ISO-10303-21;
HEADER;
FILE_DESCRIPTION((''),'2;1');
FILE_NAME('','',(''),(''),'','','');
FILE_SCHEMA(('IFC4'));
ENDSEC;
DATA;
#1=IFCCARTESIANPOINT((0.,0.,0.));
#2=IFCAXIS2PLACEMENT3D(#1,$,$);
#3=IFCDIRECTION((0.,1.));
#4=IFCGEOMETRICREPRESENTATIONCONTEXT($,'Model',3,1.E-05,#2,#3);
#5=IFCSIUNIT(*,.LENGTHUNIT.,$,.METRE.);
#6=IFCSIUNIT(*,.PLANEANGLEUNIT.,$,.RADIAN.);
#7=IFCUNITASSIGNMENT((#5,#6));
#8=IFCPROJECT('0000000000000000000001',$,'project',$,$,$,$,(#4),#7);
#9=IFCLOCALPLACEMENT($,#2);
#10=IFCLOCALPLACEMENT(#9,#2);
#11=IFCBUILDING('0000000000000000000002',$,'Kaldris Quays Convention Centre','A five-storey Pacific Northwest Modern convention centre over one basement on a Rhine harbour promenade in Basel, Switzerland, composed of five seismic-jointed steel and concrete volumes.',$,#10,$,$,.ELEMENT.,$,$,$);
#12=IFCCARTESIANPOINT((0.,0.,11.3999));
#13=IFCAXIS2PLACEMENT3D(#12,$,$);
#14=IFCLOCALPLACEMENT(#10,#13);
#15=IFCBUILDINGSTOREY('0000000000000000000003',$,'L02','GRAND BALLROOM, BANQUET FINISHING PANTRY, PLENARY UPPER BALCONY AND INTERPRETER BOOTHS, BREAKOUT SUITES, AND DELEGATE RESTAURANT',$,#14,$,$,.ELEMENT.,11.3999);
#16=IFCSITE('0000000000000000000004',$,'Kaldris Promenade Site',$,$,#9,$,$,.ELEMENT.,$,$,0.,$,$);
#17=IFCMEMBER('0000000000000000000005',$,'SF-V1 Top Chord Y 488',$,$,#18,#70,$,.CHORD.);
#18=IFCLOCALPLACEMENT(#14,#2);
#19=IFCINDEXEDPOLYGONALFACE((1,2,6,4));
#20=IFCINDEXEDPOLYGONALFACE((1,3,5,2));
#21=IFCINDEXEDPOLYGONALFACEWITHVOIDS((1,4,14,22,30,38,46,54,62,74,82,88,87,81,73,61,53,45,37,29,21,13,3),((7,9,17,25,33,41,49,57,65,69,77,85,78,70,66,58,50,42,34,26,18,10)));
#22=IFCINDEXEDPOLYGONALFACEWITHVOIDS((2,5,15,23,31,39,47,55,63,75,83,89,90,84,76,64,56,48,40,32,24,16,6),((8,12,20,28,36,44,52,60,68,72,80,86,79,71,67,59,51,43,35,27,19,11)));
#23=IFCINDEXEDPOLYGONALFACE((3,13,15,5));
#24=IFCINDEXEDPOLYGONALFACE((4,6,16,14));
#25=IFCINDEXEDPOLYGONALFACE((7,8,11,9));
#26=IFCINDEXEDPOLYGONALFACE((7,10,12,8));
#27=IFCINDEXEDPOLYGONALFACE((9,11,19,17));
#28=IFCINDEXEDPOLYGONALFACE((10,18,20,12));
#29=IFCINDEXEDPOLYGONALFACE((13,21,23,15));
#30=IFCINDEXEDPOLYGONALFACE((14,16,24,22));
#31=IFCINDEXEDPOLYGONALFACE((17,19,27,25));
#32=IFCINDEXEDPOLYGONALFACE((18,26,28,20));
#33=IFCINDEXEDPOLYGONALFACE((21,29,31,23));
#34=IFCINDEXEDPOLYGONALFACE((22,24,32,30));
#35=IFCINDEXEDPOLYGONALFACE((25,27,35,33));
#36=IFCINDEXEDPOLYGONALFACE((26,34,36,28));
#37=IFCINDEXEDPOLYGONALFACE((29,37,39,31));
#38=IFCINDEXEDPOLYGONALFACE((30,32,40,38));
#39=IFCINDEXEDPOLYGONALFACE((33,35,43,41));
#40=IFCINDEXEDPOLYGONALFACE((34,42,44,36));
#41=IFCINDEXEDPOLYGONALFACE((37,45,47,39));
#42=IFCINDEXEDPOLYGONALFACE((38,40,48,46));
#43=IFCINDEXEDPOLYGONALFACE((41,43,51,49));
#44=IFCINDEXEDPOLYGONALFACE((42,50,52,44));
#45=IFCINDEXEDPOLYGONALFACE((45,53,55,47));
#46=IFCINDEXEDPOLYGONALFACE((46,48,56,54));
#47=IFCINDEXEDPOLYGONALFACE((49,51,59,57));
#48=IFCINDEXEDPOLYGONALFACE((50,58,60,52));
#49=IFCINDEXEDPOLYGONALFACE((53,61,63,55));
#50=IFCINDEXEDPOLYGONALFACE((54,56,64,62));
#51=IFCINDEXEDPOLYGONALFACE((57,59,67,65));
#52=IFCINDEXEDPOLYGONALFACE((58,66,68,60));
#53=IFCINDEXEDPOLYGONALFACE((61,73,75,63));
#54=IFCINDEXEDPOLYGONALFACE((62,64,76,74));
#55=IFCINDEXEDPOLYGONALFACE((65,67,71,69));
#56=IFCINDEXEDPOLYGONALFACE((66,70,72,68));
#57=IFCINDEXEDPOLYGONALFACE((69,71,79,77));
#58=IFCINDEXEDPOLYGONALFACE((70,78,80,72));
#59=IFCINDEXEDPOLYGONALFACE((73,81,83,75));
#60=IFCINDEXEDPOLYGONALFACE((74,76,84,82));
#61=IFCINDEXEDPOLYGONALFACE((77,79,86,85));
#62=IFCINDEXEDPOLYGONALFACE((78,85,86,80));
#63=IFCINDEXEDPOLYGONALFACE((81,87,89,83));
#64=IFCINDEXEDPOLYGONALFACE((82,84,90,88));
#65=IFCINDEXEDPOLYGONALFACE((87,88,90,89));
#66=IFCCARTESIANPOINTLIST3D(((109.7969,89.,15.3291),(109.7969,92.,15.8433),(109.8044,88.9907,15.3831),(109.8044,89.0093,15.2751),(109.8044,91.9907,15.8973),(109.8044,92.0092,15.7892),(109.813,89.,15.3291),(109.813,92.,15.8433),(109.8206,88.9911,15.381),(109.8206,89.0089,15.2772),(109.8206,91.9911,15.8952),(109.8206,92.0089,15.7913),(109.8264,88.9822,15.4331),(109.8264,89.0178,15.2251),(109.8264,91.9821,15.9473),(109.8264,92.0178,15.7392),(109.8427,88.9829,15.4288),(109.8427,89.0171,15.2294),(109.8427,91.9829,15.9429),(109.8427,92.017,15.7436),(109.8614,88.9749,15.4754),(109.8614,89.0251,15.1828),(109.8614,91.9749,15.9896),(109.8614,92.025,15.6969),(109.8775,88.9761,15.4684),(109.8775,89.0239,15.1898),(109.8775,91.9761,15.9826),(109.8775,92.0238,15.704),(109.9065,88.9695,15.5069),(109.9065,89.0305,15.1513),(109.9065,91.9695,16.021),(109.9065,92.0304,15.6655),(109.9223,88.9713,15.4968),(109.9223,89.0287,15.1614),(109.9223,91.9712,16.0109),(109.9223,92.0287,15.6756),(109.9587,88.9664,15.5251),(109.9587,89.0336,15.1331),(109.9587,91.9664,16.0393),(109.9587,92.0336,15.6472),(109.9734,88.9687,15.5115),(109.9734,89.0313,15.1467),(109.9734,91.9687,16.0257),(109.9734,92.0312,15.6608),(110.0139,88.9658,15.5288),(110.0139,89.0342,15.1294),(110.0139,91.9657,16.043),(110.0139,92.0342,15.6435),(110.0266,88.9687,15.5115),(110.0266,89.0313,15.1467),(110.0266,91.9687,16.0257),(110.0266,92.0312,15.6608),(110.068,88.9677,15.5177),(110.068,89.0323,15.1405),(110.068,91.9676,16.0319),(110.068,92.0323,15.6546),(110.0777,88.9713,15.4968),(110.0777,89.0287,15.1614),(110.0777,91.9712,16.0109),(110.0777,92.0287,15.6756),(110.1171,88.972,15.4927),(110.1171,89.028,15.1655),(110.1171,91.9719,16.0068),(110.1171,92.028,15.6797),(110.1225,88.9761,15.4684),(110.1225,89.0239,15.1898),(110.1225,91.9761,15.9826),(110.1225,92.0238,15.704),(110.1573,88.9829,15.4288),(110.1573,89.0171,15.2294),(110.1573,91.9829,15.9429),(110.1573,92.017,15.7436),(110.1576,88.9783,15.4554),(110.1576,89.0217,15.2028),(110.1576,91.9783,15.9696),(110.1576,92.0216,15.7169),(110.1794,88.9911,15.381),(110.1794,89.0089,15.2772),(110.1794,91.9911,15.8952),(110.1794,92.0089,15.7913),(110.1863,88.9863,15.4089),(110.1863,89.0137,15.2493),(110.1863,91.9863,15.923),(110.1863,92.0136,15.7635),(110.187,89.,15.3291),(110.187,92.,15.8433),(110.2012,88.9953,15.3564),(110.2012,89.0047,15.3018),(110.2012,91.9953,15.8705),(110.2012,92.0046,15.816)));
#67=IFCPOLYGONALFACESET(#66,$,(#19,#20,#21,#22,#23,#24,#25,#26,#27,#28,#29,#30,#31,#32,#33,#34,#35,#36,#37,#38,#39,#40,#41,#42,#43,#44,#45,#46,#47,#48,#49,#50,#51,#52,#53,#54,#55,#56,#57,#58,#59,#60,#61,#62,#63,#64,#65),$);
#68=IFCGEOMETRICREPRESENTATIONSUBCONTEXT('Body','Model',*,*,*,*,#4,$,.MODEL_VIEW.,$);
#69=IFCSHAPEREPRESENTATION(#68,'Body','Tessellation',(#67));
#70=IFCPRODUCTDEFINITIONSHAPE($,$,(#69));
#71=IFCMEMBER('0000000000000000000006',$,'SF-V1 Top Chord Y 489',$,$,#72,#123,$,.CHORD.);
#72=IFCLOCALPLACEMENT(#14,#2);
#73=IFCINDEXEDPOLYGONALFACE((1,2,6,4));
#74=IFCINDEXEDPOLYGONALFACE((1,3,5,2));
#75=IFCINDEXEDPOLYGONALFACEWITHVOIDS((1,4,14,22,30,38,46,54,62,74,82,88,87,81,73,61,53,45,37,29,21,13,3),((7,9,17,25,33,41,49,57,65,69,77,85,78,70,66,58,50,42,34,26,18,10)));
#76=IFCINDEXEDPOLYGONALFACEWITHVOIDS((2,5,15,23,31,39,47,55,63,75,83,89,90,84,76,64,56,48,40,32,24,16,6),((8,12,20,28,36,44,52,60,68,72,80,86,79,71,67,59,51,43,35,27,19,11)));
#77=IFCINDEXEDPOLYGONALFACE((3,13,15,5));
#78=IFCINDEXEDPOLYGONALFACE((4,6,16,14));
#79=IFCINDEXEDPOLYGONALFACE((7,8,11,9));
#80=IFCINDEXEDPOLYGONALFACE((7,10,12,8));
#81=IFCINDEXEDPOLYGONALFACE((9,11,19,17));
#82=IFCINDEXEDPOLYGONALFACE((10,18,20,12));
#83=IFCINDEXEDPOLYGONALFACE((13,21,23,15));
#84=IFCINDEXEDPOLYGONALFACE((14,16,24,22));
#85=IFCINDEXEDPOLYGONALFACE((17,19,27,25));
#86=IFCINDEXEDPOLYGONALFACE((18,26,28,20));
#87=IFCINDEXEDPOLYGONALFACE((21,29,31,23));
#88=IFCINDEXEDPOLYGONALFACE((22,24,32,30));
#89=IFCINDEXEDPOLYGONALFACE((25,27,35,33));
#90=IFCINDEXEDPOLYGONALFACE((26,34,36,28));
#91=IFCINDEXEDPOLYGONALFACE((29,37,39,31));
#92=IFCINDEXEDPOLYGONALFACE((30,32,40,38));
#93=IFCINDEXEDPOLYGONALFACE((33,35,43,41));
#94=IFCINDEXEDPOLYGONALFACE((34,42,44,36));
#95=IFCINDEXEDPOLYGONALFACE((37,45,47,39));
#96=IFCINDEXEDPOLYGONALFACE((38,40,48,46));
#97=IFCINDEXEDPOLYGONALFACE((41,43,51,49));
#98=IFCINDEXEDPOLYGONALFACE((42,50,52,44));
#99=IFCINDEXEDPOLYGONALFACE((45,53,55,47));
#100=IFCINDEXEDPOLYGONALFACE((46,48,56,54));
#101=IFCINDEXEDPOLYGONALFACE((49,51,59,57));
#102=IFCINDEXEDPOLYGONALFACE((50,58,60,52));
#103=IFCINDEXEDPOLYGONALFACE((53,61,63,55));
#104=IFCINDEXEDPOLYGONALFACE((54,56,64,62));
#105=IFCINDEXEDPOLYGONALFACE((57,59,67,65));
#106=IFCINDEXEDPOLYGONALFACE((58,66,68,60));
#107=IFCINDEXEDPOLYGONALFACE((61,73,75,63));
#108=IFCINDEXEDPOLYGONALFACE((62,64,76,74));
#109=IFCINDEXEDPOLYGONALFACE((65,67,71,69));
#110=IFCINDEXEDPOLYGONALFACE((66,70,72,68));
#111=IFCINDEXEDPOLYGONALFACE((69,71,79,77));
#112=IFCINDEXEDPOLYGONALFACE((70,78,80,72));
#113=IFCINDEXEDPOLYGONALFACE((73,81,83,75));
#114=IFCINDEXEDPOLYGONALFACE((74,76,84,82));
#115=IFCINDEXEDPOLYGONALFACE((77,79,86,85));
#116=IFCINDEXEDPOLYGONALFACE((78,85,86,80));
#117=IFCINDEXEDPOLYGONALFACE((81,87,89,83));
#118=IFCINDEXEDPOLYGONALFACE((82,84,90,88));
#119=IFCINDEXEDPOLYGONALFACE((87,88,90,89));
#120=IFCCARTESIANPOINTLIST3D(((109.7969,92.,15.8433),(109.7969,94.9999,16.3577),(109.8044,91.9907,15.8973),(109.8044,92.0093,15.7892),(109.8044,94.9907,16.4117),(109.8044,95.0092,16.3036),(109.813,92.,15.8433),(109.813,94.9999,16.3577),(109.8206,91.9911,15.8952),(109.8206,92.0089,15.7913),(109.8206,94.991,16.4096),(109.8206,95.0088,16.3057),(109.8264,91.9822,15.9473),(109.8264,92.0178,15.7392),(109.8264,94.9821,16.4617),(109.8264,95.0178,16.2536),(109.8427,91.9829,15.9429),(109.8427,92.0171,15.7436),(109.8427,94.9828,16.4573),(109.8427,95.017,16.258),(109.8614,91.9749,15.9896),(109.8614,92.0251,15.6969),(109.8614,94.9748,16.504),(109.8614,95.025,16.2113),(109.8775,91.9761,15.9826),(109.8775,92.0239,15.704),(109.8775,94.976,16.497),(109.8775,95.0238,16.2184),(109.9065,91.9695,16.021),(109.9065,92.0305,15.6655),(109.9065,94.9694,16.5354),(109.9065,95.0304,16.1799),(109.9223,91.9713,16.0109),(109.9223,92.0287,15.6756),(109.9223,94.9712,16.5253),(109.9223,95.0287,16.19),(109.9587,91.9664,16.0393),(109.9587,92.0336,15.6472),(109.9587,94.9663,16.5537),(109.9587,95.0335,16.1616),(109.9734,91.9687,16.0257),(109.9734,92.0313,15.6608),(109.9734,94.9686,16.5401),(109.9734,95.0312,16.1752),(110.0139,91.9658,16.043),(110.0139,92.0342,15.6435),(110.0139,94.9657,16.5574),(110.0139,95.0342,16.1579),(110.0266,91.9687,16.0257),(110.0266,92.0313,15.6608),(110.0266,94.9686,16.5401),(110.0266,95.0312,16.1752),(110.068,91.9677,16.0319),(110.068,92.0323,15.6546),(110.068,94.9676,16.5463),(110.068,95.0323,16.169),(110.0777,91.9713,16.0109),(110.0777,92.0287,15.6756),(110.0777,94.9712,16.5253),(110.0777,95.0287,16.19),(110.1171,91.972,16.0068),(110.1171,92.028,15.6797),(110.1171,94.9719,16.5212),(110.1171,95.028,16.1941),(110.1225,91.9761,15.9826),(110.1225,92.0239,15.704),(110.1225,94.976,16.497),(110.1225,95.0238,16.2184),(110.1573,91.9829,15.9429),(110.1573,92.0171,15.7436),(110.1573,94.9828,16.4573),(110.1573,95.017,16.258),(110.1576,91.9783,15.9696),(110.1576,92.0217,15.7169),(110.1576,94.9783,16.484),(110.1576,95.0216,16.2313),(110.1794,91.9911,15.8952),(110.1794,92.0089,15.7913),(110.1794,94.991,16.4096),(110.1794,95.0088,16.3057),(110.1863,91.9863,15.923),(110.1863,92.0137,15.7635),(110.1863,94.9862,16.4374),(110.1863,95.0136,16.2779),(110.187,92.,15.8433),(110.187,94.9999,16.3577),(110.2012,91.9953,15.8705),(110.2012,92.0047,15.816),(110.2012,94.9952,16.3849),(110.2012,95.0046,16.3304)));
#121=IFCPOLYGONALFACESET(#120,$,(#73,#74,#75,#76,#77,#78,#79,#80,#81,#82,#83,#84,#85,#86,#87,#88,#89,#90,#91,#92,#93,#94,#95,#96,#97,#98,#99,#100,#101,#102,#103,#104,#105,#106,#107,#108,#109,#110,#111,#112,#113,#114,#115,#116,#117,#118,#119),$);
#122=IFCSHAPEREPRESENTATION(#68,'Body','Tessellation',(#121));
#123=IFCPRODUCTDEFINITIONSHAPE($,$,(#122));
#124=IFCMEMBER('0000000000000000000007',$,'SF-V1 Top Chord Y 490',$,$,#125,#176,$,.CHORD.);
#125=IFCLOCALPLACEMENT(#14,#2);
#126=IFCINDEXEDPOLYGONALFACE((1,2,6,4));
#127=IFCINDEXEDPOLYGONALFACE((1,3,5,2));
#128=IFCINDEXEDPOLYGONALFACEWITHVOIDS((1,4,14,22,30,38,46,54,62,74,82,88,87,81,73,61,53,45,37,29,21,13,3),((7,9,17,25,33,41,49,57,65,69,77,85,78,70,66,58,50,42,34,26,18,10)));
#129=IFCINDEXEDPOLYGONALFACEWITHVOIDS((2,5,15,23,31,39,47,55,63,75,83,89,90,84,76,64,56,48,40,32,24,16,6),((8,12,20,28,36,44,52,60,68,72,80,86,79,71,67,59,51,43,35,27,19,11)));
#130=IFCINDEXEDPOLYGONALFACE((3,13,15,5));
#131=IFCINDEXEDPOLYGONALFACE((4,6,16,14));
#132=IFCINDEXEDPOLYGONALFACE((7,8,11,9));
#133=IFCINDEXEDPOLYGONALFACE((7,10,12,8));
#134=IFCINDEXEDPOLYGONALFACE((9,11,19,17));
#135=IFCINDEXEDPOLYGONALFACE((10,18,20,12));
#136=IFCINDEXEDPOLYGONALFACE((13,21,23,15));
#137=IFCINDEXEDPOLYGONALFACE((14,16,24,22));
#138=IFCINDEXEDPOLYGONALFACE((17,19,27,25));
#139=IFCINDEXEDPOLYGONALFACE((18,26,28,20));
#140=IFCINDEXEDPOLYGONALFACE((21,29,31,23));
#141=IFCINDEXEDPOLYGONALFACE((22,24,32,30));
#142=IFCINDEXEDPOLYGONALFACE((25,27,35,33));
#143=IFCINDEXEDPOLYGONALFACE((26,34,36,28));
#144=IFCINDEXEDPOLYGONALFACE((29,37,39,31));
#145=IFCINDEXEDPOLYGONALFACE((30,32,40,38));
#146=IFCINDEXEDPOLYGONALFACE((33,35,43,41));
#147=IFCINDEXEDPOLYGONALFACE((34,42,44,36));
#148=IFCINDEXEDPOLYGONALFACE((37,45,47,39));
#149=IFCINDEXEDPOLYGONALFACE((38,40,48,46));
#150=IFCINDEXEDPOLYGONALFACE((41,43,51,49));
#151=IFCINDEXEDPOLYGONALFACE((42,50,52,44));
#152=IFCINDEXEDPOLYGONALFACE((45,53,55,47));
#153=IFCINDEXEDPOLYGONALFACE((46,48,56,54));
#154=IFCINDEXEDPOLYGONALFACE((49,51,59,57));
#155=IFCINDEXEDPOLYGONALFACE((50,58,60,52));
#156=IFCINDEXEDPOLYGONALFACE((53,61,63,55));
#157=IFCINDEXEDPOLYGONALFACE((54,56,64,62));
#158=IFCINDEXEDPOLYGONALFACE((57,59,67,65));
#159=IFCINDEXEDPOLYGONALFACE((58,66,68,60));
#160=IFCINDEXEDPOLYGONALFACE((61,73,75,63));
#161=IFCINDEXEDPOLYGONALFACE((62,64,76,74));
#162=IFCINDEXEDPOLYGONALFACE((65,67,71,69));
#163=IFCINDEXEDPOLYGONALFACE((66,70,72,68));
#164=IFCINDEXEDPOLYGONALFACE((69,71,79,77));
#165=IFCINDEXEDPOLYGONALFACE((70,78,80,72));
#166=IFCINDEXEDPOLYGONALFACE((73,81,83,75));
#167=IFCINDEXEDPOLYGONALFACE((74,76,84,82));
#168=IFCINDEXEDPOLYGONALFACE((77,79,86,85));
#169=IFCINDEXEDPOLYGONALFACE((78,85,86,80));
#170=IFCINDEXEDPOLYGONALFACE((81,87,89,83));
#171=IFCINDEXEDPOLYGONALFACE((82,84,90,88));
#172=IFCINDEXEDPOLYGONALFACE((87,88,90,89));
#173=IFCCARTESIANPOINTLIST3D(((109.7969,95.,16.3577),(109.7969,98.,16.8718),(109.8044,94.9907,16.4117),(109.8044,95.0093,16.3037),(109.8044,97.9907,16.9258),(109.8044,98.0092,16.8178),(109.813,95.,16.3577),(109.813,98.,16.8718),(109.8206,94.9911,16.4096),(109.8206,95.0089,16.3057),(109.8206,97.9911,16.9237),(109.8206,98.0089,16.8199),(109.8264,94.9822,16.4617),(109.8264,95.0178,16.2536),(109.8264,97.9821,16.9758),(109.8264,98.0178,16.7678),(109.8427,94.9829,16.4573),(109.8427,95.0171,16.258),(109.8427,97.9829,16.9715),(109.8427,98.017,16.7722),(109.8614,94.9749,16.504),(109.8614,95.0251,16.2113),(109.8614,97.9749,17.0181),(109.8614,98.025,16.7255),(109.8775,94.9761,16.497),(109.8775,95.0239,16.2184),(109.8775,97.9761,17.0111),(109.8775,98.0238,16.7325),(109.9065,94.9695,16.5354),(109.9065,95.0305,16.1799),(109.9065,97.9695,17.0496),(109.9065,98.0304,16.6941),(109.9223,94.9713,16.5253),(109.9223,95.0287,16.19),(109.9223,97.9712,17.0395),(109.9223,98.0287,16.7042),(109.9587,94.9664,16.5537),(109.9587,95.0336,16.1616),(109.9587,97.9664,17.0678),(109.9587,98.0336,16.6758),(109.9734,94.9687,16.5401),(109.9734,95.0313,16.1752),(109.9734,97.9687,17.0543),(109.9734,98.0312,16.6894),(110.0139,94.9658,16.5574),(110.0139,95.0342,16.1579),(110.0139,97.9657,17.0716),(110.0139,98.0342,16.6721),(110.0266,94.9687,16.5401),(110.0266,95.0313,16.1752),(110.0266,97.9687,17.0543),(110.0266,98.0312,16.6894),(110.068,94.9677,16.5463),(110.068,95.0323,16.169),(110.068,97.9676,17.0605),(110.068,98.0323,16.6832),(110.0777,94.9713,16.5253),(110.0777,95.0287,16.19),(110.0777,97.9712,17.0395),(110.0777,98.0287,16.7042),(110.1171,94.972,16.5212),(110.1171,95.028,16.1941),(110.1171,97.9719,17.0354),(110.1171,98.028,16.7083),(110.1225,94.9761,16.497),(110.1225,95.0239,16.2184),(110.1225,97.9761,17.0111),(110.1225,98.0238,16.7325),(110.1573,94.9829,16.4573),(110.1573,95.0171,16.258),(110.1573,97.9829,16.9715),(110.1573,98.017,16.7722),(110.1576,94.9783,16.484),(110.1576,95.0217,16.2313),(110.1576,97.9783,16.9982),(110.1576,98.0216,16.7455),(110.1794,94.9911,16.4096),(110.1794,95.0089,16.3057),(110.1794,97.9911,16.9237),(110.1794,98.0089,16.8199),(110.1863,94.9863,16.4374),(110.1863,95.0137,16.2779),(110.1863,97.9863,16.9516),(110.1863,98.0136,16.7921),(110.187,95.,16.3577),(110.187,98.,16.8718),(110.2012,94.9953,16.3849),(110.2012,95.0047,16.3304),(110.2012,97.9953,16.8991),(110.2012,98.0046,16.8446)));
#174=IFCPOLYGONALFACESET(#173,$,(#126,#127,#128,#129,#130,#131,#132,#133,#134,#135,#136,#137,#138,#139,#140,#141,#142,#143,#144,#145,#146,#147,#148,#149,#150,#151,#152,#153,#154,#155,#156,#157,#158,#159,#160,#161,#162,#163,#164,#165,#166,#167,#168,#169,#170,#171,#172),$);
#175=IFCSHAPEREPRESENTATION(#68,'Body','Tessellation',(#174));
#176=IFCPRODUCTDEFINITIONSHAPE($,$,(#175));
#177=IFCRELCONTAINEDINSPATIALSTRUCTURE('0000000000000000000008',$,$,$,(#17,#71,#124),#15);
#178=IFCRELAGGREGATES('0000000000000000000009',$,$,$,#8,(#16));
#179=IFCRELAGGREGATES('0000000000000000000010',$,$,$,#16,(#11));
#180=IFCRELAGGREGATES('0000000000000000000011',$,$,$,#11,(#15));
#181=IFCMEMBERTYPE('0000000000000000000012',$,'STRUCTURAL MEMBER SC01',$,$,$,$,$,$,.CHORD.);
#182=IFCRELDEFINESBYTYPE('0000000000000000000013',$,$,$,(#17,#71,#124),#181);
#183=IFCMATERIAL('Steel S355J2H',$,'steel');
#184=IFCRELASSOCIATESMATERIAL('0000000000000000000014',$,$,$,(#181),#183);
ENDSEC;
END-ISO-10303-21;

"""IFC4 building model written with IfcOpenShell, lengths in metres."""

from ifc_helpers import new_model, si_unit, direction, frame, origin, origin_2d, place, context, subcontext, project, spatial, hollow_circle, extrude, material, material_profile, profile_set, type_object, element, save


model = new_model("IFC4")

# Units and contexts
model_context = context("Model", 3, precision=1e-05, world=origin(), true_north=direction((0.0, 1.0)))
body_context = subcontext(model_context, "Body", "Model", "MODEL_VIEW")
ifc_project = project(units=[si_unit("LENGTHUNIT", "METRE"), si_unit("PLANEANGLEUNIT", "RADIAN")], contexts=[model_context])

# Site, building, storey
site_placement = place(None, origin())
site = spatial("IfcSite", under=ifc_project, at=site_placement, Name="Kaldris Promenade Site", CompositionType="ELEMENT", RefElevation=0.0)
building_placement = place(site_placement, origin())
building = spatial("IfcBuilding", under=site, at=building_placement, Name="Kaldris Quays Convention Centre", Description="A five-storey Pacific Northwest Modern convention centre over one basement on a Rhine harbour promenade in Basel, Switzerland, composed of five seismic-jointed steel and concrete volumes.", CompositionType="ELEMENT")
storey_placement = place(building_placement, frame((0.0, 0.0, 11.3999)))
storey = spatial("IfcBuildingStorey", under=building, at=storey_placement, Name="L02", Description="GRAND BALLROOM, BANQUET FINISHING PANTRY, PLENARY UPPER BALCONY AND INTERPRETER BOOTHS, BREAKOUT SUITES, AND DELEGATE RESTAURANT", CompositionType="ELEMENT", Elevation=11.3999)

# Members
ifc_material_1 = material(Name="Steel S355J2H", Category="steel")
ifc_material_profile_1 = material_profile(ifc_material_1, hollow_circle(Radius=0.2031, WallThickness=0.0161, at=origin_2d()), Name="CHS 406.4x16")
ifc_profile_set_1 = profile_set([ifc_material_profile_1], Name="Steel S355J2H")
member_type_1 = type_object("IfcMemberType", Name="STRUCTURAL MEMBER SC01", PredefinedType="CHORD", material=ifc_profile_set_1)
for number, where, z_axis, x_axis, name in (
    (1, (110.0, 89.0, 15.3291), (0.0, 0.985629, 0.168924), (-1.0, 0.0, 0.0), "SF-V1 Top Chord Y 488"),
    (2, (110.0, 92.0, 15.8433), (0.0, 0.985616, 0.169002), (-1.0, 0.0, 0.0), "SF-V1 Top Chord Y 489"),
    (3, (110.0, 95.0, 16.3577), (0.0, 0.985629, 0.168924), (-1.0, 0.0, 0.0), "SF-V1 Top Chord Y 490"),
):
    element("IfcMember", number, at=place(storey_placement, frame(where, z_axis=z_axis, x_axis=x_axis)), inside=storey, type_object=member_type_1, Name=name, PredefinedType="CHORD", context=body_context, shape_type="SweptSolid", body=[
        extrude(hollow_circle(Radius=0.2031, WallThickness=0.0161, at=origin_2d()), origin(), (0.0, 0.0, 1.0), 3.0437),
    ])

save(model, "model.ifc")
